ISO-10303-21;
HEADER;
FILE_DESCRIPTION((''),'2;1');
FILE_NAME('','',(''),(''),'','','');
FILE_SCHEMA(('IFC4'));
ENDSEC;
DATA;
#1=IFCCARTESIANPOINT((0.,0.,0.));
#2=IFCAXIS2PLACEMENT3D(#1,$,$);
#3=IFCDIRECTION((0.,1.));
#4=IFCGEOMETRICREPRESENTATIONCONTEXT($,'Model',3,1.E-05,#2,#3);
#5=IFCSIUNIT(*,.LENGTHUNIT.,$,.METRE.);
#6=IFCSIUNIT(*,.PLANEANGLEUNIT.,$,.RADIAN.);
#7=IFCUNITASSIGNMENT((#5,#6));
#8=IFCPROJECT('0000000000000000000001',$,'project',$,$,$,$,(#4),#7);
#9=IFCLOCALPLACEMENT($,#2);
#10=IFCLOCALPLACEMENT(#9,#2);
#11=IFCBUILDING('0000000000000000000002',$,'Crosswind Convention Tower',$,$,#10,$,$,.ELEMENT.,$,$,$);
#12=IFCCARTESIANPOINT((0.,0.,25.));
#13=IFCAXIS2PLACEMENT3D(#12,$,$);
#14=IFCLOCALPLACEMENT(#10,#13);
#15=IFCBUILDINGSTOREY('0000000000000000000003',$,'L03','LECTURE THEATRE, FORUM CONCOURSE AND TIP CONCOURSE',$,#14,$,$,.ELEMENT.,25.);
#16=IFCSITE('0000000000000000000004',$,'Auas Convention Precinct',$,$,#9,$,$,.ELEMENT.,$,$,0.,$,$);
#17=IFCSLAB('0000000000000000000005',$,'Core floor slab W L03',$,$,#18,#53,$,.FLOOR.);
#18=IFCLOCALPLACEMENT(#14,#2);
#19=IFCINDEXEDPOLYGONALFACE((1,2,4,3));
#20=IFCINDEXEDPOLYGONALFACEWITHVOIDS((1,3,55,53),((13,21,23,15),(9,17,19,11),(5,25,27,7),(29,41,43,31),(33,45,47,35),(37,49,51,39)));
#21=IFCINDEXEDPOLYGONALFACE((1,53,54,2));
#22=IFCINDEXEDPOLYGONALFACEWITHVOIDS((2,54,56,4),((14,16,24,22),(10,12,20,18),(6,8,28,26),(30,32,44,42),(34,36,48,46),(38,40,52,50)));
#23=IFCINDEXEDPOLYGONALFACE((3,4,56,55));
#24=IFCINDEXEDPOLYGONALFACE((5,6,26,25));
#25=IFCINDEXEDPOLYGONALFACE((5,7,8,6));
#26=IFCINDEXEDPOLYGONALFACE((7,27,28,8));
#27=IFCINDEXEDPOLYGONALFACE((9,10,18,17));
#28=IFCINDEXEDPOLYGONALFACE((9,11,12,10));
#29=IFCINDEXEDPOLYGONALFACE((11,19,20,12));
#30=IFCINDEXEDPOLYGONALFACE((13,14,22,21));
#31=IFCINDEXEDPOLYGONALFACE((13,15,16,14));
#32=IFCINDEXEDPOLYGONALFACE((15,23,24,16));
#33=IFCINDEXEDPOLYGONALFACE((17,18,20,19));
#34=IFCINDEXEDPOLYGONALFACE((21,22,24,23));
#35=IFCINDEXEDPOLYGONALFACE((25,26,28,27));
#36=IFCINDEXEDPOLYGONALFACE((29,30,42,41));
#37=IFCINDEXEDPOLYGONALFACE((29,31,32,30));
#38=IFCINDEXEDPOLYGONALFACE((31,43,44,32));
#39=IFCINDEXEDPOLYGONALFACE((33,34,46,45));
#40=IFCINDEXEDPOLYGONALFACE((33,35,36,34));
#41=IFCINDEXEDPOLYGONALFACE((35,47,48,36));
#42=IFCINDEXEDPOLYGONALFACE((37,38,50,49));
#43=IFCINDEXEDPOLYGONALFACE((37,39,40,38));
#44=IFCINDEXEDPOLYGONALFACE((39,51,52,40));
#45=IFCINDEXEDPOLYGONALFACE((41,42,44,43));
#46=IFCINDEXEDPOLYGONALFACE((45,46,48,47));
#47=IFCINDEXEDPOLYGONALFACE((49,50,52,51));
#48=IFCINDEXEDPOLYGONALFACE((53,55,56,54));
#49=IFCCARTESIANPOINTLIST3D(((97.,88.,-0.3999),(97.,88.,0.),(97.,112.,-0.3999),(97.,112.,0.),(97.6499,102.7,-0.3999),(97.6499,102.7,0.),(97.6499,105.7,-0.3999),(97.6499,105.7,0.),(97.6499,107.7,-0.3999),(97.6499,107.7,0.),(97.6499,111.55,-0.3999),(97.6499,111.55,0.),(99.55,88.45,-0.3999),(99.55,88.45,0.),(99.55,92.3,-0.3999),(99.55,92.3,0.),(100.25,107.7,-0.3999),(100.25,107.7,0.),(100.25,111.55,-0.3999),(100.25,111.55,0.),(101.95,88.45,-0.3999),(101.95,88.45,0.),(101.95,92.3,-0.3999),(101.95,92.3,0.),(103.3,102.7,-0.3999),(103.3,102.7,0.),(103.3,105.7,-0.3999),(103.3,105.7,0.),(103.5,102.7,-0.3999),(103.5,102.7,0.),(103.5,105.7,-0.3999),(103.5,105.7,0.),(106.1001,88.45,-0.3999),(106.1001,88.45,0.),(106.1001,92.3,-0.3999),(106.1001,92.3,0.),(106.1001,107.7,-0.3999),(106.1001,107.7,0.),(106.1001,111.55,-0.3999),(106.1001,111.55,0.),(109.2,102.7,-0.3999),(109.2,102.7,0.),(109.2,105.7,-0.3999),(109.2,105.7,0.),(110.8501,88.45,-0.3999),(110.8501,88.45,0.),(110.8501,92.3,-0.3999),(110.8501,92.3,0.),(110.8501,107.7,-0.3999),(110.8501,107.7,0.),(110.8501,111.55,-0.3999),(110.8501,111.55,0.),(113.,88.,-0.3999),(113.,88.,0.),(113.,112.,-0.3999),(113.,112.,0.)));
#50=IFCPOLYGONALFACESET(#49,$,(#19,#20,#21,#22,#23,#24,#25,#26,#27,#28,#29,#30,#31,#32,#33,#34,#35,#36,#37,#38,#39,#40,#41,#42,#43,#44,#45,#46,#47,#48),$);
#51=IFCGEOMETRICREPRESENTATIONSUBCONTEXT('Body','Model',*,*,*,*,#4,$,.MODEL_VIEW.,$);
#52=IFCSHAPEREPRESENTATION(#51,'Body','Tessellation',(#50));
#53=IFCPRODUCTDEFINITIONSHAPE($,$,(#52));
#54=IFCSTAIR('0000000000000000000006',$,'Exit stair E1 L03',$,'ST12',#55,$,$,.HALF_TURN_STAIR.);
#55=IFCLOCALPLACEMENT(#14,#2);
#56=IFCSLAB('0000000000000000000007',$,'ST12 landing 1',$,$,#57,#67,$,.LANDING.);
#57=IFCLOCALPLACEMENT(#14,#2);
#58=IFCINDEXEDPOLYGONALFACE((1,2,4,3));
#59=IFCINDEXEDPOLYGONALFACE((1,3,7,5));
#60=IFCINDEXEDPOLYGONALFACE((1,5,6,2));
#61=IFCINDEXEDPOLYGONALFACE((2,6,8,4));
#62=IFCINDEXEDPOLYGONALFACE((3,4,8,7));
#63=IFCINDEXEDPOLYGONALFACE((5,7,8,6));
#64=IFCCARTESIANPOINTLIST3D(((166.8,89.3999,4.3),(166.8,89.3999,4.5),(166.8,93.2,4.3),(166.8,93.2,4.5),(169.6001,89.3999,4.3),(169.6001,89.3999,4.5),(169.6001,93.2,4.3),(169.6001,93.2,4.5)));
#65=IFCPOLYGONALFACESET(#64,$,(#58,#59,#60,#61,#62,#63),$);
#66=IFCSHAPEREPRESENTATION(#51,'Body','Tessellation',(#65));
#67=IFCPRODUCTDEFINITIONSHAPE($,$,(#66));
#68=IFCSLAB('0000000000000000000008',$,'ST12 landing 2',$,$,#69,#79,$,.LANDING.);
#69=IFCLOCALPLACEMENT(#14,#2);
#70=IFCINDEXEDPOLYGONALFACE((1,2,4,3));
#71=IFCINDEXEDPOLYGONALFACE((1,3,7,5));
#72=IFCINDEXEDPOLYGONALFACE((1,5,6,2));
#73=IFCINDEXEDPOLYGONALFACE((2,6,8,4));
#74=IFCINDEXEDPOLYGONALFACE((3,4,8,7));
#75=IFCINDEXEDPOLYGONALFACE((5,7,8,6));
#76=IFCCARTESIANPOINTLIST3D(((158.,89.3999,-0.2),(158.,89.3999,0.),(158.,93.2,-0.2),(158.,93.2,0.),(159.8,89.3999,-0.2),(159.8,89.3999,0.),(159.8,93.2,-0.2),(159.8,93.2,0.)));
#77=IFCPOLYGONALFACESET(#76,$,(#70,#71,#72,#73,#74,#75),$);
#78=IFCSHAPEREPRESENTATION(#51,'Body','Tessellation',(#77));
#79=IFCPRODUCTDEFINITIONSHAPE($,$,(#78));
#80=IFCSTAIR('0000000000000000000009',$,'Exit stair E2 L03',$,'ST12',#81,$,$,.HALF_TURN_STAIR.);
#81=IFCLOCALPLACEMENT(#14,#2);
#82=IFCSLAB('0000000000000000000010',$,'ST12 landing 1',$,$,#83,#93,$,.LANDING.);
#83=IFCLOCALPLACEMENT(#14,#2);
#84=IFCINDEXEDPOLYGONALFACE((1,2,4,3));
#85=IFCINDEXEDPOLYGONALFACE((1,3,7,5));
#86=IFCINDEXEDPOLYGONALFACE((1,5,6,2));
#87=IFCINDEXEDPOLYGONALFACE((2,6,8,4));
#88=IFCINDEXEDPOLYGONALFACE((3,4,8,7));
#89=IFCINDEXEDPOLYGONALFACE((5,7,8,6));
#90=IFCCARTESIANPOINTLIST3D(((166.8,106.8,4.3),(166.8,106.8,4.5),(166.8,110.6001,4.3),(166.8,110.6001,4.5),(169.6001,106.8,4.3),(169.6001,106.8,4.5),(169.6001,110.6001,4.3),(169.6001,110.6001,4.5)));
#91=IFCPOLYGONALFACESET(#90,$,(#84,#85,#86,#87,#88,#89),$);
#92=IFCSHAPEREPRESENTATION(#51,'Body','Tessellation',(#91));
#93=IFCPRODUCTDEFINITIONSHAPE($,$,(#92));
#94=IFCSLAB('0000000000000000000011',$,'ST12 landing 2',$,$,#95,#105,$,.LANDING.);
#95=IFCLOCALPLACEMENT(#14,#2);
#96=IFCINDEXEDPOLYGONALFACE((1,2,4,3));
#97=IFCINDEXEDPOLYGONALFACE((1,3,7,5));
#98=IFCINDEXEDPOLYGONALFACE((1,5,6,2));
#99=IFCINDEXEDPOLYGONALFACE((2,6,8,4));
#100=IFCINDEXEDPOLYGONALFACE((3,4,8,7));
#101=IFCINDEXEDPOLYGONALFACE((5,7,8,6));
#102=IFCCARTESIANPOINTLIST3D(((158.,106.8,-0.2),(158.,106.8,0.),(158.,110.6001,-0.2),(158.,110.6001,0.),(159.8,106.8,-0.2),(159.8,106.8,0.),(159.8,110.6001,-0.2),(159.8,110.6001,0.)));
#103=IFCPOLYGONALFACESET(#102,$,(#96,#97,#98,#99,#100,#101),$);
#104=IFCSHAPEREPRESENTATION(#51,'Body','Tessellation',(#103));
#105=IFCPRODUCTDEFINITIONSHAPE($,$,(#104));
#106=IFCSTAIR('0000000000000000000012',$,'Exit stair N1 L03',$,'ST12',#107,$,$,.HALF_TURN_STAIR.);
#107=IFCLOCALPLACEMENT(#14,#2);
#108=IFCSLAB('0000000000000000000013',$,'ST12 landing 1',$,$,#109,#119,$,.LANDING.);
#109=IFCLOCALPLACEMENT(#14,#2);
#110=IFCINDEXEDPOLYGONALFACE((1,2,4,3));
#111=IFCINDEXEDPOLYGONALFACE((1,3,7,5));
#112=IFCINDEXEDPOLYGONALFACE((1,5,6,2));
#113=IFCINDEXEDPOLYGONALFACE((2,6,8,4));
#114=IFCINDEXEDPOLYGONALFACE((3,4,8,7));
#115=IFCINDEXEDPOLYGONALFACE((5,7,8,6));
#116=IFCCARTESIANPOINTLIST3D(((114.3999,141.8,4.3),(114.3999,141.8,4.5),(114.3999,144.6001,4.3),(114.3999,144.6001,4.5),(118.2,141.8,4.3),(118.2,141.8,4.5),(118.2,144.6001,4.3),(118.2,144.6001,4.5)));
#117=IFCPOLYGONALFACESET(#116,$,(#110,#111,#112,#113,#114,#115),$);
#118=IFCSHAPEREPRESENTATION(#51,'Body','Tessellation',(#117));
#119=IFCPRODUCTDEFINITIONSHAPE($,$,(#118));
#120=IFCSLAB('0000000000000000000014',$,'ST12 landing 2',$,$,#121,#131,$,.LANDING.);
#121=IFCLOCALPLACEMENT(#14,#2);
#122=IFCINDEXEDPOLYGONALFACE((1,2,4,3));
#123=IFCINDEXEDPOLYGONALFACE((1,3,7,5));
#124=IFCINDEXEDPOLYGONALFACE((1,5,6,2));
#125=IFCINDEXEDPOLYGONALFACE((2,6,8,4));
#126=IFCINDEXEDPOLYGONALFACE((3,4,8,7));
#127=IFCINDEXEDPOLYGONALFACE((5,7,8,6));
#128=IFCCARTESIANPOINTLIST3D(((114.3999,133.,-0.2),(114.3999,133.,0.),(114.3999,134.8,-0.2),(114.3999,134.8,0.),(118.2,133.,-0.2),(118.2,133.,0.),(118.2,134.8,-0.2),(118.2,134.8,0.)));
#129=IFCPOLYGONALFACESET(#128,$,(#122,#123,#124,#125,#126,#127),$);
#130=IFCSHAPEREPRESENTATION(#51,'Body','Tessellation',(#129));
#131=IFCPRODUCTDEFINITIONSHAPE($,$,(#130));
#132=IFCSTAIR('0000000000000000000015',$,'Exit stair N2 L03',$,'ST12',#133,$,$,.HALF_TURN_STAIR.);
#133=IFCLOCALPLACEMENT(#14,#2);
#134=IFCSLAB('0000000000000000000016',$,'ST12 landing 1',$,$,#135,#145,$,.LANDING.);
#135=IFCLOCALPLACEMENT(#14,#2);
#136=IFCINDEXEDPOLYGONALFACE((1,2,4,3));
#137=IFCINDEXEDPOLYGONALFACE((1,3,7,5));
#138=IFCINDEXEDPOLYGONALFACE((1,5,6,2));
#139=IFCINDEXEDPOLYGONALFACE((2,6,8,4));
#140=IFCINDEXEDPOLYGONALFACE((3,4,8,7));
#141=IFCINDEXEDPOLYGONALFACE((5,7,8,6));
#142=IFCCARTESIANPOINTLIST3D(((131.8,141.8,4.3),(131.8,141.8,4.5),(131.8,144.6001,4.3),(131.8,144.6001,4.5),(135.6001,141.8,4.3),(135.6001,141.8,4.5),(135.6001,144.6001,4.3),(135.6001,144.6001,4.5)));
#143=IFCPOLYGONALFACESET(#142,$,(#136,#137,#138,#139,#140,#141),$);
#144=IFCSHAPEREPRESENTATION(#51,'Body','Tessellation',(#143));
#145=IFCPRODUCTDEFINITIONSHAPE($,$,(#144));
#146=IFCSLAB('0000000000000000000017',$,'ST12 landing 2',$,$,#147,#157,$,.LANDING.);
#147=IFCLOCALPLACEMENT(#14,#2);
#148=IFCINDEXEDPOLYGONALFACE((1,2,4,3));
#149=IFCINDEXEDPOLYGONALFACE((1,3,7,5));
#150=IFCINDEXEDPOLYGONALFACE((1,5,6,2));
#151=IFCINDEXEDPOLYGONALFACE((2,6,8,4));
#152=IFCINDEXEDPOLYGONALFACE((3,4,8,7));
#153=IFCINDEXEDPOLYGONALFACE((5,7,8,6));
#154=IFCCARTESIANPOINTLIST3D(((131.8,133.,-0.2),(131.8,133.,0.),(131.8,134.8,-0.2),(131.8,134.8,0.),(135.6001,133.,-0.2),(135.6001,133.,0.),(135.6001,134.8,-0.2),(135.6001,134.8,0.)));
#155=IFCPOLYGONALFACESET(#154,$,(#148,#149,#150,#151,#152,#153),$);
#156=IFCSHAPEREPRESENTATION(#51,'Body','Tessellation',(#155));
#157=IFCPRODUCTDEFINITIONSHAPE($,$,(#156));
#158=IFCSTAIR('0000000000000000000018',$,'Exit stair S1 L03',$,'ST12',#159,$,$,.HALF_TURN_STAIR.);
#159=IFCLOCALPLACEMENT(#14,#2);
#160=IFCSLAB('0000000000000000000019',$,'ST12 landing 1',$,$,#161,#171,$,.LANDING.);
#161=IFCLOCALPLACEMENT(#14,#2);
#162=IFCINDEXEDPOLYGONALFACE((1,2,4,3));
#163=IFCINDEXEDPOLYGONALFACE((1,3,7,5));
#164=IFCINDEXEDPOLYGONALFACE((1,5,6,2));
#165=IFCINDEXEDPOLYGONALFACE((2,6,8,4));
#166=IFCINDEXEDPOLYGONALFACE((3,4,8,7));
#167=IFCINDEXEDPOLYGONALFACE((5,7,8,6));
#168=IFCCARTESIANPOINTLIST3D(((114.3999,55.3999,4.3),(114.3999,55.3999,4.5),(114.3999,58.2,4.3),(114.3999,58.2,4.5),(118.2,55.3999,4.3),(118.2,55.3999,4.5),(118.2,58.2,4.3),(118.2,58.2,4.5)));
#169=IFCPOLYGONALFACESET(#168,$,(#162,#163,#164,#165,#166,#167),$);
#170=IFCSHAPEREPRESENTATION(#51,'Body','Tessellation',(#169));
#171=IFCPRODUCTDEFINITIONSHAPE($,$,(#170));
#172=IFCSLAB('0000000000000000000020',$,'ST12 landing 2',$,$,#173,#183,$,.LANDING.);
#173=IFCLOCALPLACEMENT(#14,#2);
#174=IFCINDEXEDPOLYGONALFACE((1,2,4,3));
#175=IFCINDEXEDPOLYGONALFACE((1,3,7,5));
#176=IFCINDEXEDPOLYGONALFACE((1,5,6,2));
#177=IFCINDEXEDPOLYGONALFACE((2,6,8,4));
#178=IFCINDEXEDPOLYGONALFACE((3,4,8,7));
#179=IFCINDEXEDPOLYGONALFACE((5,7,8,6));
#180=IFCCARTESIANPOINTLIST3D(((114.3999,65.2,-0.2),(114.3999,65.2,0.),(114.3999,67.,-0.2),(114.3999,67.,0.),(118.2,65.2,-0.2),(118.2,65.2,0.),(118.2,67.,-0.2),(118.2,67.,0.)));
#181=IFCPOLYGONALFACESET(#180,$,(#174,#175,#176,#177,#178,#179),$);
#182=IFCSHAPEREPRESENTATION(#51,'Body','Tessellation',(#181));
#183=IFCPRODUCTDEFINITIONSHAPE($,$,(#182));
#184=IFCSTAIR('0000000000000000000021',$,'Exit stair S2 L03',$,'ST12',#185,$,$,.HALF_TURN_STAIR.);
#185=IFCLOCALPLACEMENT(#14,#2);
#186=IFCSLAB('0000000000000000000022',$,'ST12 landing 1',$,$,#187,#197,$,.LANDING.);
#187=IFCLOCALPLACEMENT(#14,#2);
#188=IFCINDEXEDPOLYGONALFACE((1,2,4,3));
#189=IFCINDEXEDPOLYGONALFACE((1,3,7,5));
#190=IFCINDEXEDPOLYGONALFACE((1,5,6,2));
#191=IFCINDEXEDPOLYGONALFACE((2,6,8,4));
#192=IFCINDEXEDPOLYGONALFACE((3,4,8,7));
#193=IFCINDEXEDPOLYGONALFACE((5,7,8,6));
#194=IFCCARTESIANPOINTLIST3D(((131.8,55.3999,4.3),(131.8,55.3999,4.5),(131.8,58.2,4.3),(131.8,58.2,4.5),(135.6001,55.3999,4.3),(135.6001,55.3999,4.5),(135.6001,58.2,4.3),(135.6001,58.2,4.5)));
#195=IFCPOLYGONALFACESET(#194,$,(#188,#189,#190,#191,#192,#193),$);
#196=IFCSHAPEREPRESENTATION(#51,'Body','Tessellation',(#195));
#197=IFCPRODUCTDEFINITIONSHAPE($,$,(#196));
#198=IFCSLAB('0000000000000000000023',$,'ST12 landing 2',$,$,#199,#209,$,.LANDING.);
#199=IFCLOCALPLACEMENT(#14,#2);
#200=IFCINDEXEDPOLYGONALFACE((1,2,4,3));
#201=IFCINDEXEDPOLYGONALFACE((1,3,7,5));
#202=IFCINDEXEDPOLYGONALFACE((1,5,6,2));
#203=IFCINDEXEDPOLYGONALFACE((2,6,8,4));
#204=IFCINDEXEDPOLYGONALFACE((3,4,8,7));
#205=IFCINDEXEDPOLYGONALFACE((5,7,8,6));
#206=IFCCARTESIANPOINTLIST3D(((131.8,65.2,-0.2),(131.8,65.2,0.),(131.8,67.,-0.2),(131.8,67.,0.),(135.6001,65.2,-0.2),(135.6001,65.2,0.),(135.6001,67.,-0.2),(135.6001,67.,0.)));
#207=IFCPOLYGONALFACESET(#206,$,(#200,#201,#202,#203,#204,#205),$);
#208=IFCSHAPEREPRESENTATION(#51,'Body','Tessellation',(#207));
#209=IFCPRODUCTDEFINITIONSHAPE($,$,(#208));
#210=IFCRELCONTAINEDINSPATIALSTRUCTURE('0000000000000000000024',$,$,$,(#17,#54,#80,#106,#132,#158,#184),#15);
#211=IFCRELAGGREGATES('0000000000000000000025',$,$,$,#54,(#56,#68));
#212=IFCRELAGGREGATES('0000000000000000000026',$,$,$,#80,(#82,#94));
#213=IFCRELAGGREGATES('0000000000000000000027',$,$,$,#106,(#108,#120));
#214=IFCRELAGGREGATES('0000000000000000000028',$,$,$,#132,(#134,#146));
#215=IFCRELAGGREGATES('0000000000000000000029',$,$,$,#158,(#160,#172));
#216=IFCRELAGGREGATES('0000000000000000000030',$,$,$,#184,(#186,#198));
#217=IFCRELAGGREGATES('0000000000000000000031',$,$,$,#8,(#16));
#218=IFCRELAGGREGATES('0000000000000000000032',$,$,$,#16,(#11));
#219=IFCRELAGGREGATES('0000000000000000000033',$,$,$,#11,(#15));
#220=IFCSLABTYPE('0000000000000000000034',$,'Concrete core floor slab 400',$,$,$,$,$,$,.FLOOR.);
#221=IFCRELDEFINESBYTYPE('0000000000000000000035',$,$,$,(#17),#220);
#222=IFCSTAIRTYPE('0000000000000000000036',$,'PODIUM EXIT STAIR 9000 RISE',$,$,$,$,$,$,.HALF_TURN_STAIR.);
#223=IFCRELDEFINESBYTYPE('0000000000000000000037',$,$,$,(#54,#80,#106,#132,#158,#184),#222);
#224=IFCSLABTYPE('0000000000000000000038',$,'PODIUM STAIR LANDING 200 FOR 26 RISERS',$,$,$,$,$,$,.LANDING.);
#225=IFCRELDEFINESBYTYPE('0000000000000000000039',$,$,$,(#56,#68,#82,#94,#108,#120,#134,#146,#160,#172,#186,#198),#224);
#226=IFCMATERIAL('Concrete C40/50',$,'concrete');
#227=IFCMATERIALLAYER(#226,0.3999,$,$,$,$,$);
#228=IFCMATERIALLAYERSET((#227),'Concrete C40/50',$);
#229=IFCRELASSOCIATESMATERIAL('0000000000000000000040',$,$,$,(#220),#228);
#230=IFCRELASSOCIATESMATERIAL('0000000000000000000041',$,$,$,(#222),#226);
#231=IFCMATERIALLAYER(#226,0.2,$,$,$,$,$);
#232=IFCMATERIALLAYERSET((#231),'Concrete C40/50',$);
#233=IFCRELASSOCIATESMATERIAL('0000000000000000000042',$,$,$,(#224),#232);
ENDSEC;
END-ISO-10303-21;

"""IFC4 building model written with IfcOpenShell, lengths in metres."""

from ifc_helpers import new_model, si_unit, direction, frame, origin, place, context, subcontext, project, spatial, polyline, outline, extrude, material, layer, layer_set, type_object, element, aggregate, save


model = new_model("IFC4")

# Units and contexts
model_context = context("Model", 3, precision=1e-05, world=origin(), true_north=direction((0.0, 1.0)))
body_context = subcontext(model_context, "Body", "Model", "MODEL_VIEW")
ifc_project = project(units=[si_unit("LENGTHUNIT", "METRE"), si_unit("PLANEANGLEUNIT", "RADIAN")], contexts=[model_context])

# Site, building, storey
site_placement = place(None, origin())
site = spatial("IfcSite", under=ifc_project, at=site_placement, Name="Auas Convention Precinct", CompositionType="ELEMENT", RefElevation=0.0)
building_placement = place(site_placement, origin())
building = spatial("IfcBuilding", under=site, at=building_placement, Name="Crosswind Convention Tower", CompositionType="ELEMENT")
storey_placement = place(building_placement, frame((0.0, 0.0, 25.0)))
storey = spatial("IfcBuildingStorey", under=building, at=storey_placement, Name="L03", Description="LECTURE THEATRE, FORUM CONCOURSE AND TIP CONCOURSE", CompositionType="ELEMENT", Elevation=25.0)

# Slab
ifc_material = material(Name="Concrete C40/50", Category="concrete")
ifc_layer_1 = layer(ifc_material, 0.3999)
ifc_layer_set_1 = layer_set([ifc_layer_1], Name="Concrete C40/50")
slab_type_1 = type_object("IfcSlabType", Name="Concrete core floor slab 400", PredefinedType="FLOOR", material=ifc_layer_set_1)
slab_1_placement = place(storey_placement, frame((0.0, 0.0, -0.3999)))
element("IfcSlab", 1, at=slab_1_placement, inside=storey, type_object=slab_type_1, Name="Core floor slab W L03", PredefinedType="FLOOR", context=body_context, shape_type="SweptSolid", body=[
    extrude(outline(polyline([(97.0, 88.0), (113.0, 88.0), (113.0, 112.0), (97.0, 112.0), (97.0, 88.0)]), holes=[polyline([(109.2, 102.7), (109.2, 105.7), (103.5, 105.7), (103.5, 102.7), (109.2, 102.7)]), polyline([(103.3, 102.7), (103.3, 105.7), (97.6499, 105.7), (97.6499, 102.7), (103.3, 102.7)]), polyline([(101.95, 88.45), (101.95, 92.3), (99.55, 92.3), (99.55, 88.45), (101.95, 88.45)]), polyline([(100.25, 107.7), (100.25, 111.55), (97.6499, 111.55), (97.6499, 107.7), (100.25, 107.7)]), polyline([(110.8501, 88.45), (110.8501, 92.3), (106.1001, 92.3), (106.1001, 88.45), (110.8501, 88.45)]), polyline([(110.8501, 107.7), (110.8501, 111.55), (106.1001, 111.55), (106.1001, 107.7), (110.8501, 107.7)])]), origin(), (0.0, 0.0, 1.0), 0.3999),
])

# Stairs, slabs
stair_type_1 = type_object("IfcStairType", Name="PODIUM EXIT STAIR 9000 RISE", PredefinedType="HALF_TURN_STAIR", material=ifc_material)
stair_1_placement = place(storey_placement, origin())
stair_1 = element("IfcStair", 2, at=stair_1_placement, inside=storey, type_object=stair_type_1, Name="Exit stair E1 L03", ObjectType="ST12", PredefinedType="HALF_TURN_STAIR")
ifc_layer_2 = layer(ifc_material, 0.2)
ifc_layer_set_2 = layer_set([ifc_layer_2], Name="Concrete C40/50")
slab_type_2 = type_object("IfcSlabType", Name="PODIUM STAIR LANDING 200 FOR 26 RISERS", PredefinedType="LANDING", material=ifc_layer_set_2)
slab_2_placement = place(storey_placement, frame((0.0, 0.0, 4.3)))
slab_2 = element("IfcSlab", 3, at=slab_2_placement, type_object=slab_type_2, Name="ST12 landing 1", PredefinedType="LANDING", context=body_context, shape_type="SweptSolid", body=[
    extrude(outline(polyline([(166.8, 89.3999), (169.6001, 89.3999), (169.6001, 93.2), (166.8, 93.2), (166.8, 89.3999)])), origin(), (0.0, 0.0, 1.0), 0.2),
])
slab_3_placement = place(storey_placement, frame((0.0, 0.0, -0.2)))
slab_3 = element("IfcSlab", 4, at=slab_3_placement, type_object=slab_type_2, Name="ST12 landing 2", PredefinedType="LANDING", context=body_context, shape_type="SweptSolid", body=[
    extrude(outline(polyline([(158.0, 89.3999), (159.8, 89.3999), (159.8, 93.2), (158.0, 93.2), (158.0, 89.3999)])), origin(), (0.0, 0.0, 1.0), 0.2),
])
aggregate(stair_1, [slab_2, slab_3])
stair_2_placement = place(storey_placement, origin())
stair_2 = element("IfcStair", 5, at=stair_2_placement, inside=storey, type_object=stair_type_1, Name="Exit stair E2 L03", ObjectType="ST12", PredefinedType="HALF_TURN_STAIR")
slab_4_placement = place(storey_placement, frame((0.0, 0.0, 4.3)))
slab_4 = element("IfcSlab", 6, at=slab_4_placement, type_object=slab_type_2, Name="ST12 landing 1", PredefinedType="LANDING", context=body_context, shape_type="SweptSolid", body=[
    extrude(outline(polyline([(166.8, 106.8), (169.6001, 106.8), (169.6001, 110.6001), (166.8, 110.6001), (166.8, 106.8)])), origin(), (0.0, 0.0, 1.0), 0.2),
])
slab_5_placement = place(storey_placement, frame((0.0, 0.0, -0.2)))
slab_5 = element("IfcSlab", 7, at=slab_5_placement, type_object=slab_type_2, Name="ST12 landing 2", PredefinedType="LANDING", context=body_context, shape_type="SweptSolid", body=[
    extrude(outline(polyline([(158.0, 106.8), (159.8, 106.8), (159.8, 110.6001), (158.0, 110.6001), (158.0, 106.8)])), origin(), (0.0, 0.0, 1.0), 0.2),
])
aggregate(stair_2, [slab_4, slab_5])
stair_3_placement = place(storey_placement, origin())
stair_3 = element("IfcStair", 8, at=stair_3_placement, inside=storey, type_object=stair_type_1, Name="Exit stair N1 L03", ObjectType="ST12", PredefinedType="HALF_TURN_STAIR")
slab_6_placement = place(storey_placement, frame((0.0, 0.0, 4.3)))
slab_6 = element("IfcSlab", 9, at=slab_6_placement, type_object=slab_type_2, Name="ST12 landing 1", PredefinedType="LANDING", context=body_context, shape_type="SweptSolid", body=[
    extrude(outline(polyline([(118.2, 141.8), (118.2, 144.6001), (114.3999, 144.6001), (114.3999, 141.8), (118.2, 141.8)])), origin(), (0.0, 0.0, 1.0), 0.2),
])
slab_7_placement = place(storey_placement, frame((0.0, 0.0, -0.2)))
slab_7 = element("IfcSlab", 10, at=slab_7_placement, type_object=slab_type_2, Name="ST12 landing 2", PredefinedType="LANDING", context=body_context, shape_type="SweptSolid", body=[
    extrude(outline(polyline([(118.2, 133.0), (118.2, 134.8), (114.3999, 134.8), (114.3999, 133.0), (118.2, 133.0)])), origin(), (0.0, 0.0, 1.0), 0.2),
])
aggregate(stair_3, [slab_6, slab_7])
stair_4_placement = place(storey_placement, origin())
stair_4 = element("IfcStair", 11, at=stair_4_placement, inside=storey, type_object=stair_type_1, Name="Exit stair N2 L03", ObjectType="ST12", PredefinedType="HALF_TURN_STAIR")
slab_8_placement = place(storey_placement, frame((0.0, 0.0, 4.3)))
slab_8 = element("IfcSlab", 12, at=slab_8_placement, type_object=slab_type_2, Name="ST12 landing 1", PredefinedType="LANDING", context=body_context, shape_type="SweptSolid", body=[
    extrude(outline(polyline([(135.6001, 141.8), (135.6001, 144.6001), (131.8, 144.6001), (131.8, 141.8), (135.6001, 141.8)])), origin(), (0.0, 0.0, 1.0), 0.2),
])
slab_9_placement = place(storey_placement, frame((0.0, 0.0, -0.2)))
slab_9 = element("IfcSlab", 13, at=slab_9_placement, type_object=slab_type_2, Name="ST12 landing 2", PredefinedType="LANDING", context=body_context, shape_type="SweptSolid", body=[
    extrude(outline(polyline([(135.6001, 133.0), (135.6001, 134.8), (131.8, 134.8), (131.8, 133.0), (135.6001, 133.0)])), origin(), (0.0, 0.0, 1.0), 0.2),
])
aggregate(stair_4, [slab_8, slab_9])
stair_5_placement = place(storey_placement, origin())
stair_5 = element("IfcStair", 14, at=stair_5_placement, inside=storey, type_object=stair_type_1, Name="Exit stair S1 L03", ObjectType="ST12", PredefinedType="HALF_TURN_STAIR")
slab_10_placement = place(storey_placement, frame((0.0, 0.0, 4.3)))
slab_10 = element("IfcSlab", 15, at=slab_10_placement, type_object=slab_type_2, Name="ST12 landing 1", PredefinedType="LANDING", context=body_context, shape_type="SweptSolid", body=[
    extrude(outline(polyline([(114.3999, 58.2), (114.3999, 55.3999), (118.2, 55.3999), (118.2, 58.2), (114.3999, 58.2)])), origin(), (0.0, 0.0, 1.0), 0.2),
])
slab_11_placement = place(storey_placement, frame((0.0, 0.0, -0.2)))
slab_11 = element("IfcSlab", 16, at=slab_11_placement, type_object=slab_type_2, Name="ST12 landing 2", PredefinedType="LANDING", context=body_context, shape_type="SweptSolid", body=[
    extrude(outline(polyline([(114.3999, 67.0), (114.3999, 65.2), (118.2, 65.2), (118.2, 67.0), (114.3999, 67.0)])), origin(), (0.0, 0.0, 1.0), 0.2),
])
aggregate(stair_5, [slab_10, slab_11])
stair_6_placement = place(storey_placement, origin())
stair_6 = element("IfcStair", 17, at=stair_6_placement, inside=storey, type_object=stair_type_1, Name="Exit stair S2 L03", ObjectType="ST12", PredefinedType="HALF_TURN_STAIR")
slab_12_placement = place(storey_placement, frame((0.0, 0.0, 4.3)))
slab_12 = element("IfcSlab", 18, at=slab_12_placement, type_object=slab_type_2, Name="ST12 landing 1", PredefinedType="LANDING", context=body_context, shape_type="SweptSolid", body=[
    extrude(outline(polyline([(131.8, 58.2), (131.8, 55.3999), (135.6001, 55.3999), (135.6001, 58.2), (131.8, 58.2)])), origin(), (0.0, 0.0, 1.0), 0.2),
])
slab_13_placement = place(storey_placement, frame((0.0, 0.0, -0.2)))
slab_13 = element("IfcSlab", 19, at=slab_13_placement, type_object=slab_type_2, Name="ST12 landing 2", PredefinedType="LANDING", context=body_context, shape_type="SweptSolid", body=[
    extrude(outline(polyline([(131.8, 67.0), (131.8, 65.2), (135.6001, 65.2), (135.6001, 67.0), (131.8, 67.0)])), origin(), (0.0, 0.0, 1.0), 0.2),
])
aggregate(stair_6, [slab_12, slab_13])

save(model, "model.ifc")
